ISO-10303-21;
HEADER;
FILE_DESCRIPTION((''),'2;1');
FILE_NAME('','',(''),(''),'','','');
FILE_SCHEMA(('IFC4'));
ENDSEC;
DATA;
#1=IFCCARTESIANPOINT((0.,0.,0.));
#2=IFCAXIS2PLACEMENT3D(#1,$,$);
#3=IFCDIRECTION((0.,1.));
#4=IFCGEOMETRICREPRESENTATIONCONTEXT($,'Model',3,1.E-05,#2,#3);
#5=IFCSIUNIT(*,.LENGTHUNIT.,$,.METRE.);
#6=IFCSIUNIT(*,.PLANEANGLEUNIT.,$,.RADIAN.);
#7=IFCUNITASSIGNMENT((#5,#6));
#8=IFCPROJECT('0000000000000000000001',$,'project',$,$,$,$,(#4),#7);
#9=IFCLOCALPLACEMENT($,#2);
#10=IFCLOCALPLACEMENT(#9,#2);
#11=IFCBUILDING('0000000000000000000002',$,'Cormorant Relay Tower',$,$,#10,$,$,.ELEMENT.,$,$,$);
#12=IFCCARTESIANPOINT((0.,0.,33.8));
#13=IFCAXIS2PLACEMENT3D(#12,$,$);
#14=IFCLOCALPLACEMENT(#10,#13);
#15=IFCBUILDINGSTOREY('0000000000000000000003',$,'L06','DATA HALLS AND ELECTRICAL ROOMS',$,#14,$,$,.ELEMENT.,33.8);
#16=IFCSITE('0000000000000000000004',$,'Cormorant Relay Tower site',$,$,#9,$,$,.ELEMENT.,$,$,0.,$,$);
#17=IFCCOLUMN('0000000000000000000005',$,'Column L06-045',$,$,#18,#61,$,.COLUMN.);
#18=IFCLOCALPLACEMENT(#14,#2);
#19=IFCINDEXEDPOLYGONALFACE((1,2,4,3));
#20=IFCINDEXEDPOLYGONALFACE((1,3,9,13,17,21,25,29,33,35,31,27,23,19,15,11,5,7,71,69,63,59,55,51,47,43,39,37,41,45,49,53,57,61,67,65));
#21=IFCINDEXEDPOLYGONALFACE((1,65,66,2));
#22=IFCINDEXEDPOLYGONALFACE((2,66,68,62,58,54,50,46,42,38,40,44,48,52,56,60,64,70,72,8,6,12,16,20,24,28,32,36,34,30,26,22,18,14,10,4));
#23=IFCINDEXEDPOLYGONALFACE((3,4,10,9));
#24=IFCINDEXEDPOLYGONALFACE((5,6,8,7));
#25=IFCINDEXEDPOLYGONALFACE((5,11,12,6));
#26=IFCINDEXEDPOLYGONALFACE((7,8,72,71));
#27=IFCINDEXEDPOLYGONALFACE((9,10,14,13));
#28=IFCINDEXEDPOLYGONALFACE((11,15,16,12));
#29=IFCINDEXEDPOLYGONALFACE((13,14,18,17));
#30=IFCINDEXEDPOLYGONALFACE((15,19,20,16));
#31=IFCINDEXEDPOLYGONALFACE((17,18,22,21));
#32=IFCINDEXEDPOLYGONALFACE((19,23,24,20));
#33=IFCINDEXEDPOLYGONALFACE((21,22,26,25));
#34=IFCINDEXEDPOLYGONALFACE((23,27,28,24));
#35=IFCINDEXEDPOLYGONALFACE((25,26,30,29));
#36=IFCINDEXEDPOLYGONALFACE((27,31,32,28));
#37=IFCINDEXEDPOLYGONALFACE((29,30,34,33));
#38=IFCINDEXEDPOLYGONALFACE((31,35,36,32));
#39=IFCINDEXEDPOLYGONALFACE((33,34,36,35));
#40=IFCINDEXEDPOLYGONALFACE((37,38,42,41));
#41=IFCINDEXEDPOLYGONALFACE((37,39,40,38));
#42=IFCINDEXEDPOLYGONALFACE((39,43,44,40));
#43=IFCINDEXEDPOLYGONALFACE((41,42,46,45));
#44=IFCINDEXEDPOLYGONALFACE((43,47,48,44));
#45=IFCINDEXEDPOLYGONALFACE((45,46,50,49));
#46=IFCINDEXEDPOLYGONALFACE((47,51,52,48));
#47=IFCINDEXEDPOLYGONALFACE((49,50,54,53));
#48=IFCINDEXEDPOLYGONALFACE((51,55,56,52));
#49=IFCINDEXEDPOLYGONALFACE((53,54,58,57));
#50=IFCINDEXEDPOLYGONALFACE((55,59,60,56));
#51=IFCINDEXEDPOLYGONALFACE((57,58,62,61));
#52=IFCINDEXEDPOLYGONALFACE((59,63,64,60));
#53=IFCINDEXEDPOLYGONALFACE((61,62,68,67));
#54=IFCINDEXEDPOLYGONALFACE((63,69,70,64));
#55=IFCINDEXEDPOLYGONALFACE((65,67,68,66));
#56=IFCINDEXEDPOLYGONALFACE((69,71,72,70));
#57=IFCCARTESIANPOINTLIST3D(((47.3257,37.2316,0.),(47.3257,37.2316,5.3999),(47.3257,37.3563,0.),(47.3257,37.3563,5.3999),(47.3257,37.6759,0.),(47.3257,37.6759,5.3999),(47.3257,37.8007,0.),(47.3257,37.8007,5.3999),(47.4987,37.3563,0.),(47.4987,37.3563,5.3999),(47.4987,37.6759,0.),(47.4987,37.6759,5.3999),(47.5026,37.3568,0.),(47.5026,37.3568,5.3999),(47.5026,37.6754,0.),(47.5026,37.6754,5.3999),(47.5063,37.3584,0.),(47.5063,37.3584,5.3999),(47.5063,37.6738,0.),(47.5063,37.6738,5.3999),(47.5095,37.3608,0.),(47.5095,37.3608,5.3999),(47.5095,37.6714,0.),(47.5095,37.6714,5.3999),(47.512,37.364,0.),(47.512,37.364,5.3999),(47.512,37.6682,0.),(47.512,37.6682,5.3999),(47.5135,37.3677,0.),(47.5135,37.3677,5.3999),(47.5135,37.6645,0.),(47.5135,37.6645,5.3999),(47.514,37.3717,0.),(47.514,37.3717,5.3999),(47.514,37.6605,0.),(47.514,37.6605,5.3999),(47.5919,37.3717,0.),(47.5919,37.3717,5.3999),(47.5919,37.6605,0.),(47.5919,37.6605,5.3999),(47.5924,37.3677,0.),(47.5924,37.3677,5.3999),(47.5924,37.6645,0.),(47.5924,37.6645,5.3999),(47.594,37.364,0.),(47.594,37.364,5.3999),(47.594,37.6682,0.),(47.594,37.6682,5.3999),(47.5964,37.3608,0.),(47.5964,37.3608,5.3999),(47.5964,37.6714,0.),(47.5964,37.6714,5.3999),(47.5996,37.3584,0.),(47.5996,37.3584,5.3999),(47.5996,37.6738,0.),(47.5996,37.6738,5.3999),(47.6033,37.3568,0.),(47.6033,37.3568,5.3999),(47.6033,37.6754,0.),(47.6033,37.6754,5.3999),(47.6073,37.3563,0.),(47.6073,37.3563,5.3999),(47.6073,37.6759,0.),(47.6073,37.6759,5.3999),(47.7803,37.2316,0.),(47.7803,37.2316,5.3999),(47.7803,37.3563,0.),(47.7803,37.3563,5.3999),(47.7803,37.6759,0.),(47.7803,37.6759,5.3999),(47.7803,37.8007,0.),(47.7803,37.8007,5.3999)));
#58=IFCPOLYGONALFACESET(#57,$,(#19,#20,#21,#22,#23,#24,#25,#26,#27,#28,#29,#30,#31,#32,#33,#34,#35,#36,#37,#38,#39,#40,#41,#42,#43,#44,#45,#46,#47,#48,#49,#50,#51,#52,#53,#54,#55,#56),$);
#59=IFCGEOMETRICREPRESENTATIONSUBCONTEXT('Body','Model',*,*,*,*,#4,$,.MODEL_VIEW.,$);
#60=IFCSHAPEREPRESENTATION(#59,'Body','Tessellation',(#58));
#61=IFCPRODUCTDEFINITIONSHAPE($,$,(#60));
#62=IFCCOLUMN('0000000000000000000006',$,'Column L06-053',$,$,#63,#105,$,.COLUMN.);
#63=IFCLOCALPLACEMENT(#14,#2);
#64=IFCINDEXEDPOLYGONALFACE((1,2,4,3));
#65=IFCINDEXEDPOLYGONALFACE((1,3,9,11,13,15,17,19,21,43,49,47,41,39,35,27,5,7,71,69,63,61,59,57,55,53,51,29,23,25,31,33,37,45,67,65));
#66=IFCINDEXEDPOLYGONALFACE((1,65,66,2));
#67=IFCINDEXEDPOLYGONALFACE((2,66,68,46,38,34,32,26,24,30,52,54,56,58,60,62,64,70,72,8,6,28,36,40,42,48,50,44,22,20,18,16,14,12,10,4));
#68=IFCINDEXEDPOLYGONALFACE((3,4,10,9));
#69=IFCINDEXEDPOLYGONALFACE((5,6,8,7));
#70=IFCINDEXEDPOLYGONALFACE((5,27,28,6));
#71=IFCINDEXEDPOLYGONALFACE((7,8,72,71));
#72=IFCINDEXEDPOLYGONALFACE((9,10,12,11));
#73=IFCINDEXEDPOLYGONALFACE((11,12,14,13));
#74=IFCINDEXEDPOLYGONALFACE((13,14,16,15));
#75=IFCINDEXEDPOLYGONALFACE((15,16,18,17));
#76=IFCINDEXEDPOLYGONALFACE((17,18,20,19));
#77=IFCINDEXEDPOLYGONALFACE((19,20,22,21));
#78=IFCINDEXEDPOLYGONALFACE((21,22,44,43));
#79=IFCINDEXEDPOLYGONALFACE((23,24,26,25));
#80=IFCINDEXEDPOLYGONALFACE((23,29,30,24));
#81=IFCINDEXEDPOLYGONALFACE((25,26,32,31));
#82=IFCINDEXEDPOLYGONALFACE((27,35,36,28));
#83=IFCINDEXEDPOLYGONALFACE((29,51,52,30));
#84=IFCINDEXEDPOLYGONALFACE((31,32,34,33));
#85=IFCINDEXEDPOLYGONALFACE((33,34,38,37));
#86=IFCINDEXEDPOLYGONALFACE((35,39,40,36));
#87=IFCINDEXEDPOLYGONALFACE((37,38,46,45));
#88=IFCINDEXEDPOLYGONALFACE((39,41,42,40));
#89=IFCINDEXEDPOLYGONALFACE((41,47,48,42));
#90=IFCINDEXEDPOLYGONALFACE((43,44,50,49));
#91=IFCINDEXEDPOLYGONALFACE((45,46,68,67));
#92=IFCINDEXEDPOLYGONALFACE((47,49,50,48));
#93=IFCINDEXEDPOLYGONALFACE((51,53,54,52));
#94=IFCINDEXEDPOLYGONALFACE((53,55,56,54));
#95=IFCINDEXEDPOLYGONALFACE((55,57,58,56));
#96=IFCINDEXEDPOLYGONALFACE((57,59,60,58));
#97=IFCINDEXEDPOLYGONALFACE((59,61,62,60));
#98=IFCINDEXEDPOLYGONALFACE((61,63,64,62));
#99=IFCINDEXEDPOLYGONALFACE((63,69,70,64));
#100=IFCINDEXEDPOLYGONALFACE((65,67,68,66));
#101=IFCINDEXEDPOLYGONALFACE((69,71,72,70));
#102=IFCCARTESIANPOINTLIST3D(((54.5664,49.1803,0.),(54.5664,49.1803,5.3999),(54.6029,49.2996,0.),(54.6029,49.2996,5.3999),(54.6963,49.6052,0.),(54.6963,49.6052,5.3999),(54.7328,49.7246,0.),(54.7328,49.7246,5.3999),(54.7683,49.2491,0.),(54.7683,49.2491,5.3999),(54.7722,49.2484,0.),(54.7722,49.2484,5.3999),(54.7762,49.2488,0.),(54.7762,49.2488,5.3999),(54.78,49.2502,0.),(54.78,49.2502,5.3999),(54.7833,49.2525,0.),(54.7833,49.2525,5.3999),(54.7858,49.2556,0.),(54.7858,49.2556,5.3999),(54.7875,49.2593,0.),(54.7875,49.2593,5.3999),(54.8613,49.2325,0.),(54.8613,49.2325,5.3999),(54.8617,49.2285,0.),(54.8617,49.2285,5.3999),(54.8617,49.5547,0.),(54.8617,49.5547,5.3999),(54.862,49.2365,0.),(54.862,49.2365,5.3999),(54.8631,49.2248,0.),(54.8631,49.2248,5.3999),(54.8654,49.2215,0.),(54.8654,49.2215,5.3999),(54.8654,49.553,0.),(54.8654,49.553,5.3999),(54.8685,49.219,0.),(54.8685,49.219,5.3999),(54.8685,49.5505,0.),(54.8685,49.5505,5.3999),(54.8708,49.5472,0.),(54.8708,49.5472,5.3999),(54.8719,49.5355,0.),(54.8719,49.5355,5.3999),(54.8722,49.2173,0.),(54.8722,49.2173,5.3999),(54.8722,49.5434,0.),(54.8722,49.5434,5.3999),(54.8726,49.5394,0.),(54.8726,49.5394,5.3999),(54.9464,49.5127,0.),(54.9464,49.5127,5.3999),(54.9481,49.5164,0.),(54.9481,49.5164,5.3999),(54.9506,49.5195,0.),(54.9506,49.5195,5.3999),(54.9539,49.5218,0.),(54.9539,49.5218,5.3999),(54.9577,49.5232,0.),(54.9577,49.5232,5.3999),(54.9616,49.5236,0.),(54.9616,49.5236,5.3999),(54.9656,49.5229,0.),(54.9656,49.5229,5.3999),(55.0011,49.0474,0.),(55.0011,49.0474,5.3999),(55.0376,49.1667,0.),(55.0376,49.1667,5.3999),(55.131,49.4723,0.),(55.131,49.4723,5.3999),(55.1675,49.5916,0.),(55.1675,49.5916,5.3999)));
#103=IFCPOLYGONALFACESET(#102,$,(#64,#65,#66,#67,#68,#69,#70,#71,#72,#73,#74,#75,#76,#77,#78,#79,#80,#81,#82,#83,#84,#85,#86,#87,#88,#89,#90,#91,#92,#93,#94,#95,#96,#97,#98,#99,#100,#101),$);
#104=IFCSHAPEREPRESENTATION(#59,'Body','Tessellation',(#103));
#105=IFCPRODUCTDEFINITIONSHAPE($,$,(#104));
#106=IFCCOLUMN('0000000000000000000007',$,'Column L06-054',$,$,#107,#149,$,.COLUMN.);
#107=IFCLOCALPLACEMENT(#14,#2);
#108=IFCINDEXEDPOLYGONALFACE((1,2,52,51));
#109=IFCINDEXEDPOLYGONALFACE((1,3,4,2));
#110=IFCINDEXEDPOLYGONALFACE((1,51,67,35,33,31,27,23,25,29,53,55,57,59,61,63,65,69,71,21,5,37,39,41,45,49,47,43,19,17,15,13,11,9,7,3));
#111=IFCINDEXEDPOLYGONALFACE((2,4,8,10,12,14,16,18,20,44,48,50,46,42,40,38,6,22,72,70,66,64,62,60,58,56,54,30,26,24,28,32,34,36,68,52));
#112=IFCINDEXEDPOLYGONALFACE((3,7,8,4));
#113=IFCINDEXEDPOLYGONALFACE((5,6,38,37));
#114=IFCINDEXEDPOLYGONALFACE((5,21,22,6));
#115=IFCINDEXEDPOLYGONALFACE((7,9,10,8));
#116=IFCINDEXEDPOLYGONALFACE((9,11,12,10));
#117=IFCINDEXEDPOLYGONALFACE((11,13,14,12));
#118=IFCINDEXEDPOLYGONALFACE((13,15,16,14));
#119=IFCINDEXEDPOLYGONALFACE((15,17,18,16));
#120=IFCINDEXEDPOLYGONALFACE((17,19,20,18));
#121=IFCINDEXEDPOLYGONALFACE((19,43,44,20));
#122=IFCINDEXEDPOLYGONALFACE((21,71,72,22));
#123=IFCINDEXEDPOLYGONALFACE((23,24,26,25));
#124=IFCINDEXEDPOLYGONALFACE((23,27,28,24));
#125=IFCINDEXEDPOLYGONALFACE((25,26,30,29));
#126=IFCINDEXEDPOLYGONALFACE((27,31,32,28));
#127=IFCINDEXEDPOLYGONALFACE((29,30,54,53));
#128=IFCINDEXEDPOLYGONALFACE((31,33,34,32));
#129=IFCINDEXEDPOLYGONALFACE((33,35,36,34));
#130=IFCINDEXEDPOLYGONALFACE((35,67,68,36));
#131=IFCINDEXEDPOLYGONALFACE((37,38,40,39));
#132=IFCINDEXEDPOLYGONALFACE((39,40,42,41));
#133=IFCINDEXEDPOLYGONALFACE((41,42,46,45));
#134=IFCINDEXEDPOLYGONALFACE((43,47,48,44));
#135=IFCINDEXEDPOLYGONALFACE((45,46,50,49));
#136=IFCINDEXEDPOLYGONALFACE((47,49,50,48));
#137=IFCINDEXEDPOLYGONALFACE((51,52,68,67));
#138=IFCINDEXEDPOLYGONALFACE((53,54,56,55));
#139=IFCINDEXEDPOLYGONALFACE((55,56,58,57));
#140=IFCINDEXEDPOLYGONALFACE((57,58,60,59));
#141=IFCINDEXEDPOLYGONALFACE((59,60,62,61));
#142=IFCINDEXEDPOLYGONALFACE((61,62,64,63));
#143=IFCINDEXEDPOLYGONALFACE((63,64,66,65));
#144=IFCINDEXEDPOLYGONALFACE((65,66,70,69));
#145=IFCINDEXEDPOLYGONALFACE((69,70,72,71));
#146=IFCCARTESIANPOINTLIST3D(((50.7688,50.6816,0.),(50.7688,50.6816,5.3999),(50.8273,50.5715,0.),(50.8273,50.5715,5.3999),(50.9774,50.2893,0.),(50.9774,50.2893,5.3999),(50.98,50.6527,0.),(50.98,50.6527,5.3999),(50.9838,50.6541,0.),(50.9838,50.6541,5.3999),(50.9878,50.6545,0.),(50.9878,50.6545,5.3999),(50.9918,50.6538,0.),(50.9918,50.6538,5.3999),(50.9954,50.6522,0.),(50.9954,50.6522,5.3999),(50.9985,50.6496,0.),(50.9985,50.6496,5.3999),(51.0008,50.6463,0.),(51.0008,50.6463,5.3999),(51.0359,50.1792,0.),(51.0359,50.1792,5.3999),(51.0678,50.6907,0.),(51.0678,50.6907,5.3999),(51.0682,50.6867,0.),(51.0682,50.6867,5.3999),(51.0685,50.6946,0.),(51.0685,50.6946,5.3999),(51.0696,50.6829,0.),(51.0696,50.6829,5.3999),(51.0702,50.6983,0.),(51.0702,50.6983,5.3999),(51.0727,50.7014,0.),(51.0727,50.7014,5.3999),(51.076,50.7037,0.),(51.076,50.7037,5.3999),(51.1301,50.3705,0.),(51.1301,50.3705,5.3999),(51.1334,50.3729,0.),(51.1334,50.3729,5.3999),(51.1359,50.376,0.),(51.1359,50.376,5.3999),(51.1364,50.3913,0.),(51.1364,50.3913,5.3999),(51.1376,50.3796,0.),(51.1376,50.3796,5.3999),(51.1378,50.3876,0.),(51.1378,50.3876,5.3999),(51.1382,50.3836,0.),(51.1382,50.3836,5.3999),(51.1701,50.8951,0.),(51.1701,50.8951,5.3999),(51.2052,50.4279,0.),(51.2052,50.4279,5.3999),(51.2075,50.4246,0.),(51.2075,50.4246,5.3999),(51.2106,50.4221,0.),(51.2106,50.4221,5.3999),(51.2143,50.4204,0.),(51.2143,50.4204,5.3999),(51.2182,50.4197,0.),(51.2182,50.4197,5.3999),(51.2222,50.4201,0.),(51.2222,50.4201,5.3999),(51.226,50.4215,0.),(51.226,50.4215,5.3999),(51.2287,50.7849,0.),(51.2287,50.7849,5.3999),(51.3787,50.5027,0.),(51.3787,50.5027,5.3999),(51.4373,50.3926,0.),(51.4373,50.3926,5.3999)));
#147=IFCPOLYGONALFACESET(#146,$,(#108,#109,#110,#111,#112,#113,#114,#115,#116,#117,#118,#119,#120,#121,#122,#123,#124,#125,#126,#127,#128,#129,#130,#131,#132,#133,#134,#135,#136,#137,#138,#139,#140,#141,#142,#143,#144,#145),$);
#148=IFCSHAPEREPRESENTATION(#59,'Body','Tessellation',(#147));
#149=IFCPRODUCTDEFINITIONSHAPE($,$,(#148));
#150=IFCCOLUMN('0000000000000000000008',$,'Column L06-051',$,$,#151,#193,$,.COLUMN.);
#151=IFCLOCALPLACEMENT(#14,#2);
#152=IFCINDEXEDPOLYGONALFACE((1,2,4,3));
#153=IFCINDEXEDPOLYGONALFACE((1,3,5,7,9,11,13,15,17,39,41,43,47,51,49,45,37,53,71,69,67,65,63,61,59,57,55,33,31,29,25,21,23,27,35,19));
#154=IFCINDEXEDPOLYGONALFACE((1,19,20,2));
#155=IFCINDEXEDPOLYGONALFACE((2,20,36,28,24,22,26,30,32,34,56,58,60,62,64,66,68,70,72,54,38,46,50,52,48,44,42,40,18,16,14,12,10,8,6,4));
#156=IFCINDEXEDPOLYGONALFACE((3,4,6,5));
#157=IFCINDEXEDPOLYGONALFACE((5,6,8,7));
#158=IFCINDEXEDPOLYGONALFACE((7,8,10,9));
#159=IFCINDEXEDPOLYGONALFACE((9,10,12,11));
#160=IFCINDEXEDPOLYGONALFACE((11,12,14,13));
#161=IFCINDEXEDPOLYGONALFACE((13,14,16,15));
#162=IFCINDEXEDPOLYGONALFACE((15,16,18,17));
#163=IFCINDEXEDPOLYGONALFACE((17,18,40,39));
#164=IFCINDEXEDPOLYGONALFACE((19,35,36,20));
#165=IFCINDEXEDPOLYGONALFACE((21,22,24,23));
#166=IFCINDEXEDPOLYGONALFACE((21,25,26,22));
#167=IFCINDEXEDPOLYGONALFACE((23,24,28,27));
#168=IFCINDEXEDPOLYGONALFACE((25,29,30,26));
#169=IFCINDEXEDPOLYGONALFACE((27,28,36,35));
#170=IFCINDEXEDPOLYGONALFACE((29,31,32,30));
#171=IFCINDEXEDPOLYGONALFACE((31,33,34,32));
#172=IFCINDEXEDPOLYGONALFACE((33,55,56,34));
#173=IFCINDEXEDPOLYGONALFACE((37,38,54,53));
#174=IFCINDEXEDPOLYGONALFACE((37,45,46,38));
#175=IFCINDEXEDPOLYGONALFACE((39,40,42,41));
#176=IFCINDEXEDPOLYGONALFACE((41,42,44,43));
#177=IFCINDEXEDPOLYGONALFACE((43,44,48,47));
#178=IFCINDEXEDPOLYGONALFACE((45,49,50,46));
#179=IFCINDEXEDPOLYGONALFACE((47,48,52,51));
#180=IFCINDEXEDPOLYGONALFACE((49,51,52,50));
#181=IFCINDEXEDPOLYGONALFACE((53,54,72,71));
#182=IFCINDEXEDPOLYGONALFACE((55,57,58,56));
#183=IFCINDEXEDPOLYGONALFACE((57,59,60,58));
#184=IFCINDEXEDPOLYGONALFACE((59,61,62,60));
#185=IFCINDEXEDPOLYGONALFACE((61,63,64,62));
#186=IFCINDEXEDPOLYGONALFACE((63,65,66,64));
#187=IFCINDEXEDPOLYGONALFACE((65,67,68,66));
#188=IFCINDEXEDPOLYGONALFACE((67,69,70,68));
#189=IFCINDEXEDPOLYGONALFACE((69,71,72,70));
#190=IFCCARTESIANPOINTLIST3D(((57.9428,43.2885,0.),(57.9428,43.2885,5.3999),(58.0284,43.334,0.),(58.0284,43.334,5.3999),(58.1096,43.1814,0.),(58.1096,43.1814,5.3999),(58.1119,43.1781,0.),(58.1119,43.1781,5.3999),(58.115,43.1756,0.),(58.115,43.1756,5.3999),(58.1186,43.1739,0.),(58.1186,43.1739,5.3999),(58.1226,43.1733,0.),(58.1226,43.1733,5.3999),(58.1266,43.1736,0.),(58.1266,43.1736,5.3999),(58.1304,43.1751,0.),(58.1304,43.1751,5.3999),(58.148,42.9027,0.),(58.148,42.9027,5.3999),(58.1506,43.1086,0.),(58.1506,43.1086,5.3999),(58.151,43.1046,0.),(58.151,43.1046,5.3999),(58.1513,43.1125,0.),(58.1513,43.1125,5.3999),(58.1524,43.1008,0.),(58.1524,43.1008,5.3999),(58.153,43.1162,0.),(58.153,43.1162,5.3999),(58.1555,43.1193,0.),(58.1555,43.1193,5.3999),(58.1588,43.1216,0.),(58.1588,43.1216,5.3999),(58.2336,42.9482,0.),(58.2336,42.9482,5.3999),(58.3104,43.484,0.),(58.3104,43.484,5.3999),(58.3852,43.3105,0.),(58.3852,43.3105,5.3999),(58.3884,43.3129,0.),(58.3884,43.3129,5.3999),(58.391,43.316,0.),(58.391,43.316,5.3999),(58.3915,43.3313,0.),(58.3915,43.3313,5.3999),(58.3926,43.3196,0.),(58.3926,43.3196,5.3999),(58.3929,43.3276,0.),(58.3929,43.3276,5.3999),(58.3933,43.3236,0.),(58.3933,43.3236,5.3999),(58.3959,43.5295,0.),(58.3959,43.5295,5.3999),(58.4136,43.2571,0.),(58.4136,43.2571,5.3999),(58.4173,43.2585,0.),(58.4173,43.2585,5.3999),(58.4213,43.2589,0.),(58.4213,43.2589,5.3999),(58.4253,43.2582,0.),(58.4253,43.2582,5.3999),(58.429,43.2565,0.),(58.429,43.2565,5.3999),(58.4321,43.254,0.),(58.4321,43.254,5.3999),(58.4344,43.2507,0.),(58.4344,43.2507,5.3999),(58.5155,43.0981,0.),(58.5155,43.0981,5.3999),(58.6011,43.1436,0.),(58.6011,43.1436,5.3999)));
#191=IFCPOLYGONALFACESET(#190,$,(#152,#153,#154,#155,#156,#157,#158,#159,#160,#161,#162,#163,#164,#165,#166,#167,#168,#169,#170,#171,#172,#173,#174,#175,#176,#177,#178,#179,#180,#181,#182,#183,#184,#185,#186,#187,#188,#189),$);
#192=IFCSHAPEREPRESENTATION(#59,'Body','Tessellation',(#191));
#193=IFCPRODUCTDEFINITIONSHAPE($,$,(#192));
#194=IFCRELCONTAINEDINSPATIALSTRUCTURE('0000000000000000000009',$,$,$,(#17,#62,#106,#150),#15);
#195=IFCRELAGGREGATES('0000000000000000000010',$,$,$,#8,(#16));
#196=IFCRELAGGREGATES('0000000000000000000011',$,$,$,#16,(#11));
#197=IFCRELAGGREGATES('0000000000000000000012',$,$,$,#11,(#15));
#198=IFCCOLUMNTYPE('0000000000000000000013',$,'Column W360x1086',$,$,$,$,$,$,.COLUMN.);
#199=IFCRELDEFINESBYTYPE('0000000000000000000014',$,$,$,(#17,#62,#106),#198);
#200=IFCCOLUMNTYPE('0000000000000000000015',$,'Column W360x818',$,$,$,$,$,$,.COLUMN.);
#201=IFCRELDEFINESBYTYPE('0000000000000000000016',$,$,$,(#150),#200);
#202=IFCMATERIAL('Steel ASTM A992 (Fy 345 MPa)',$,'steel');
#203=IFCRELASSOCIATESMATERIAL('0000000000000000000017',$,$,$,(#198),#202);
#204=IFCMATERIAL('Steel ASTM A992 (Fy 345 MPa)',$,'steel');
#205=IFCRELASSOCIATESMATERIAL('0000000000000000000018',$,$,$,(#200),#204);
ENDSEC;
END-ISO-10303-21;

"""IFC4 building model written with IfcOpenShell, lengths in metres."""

from ifc_helpers import new_model, si_unit, direction, frame, origin, origin_2d, place, context, subcontext, project, spatial, i_section, extrude, material, material_profile, profile_set, type_object, element, save


model = new_model("IFC4")

# Units and contexts
model_context = context("Model", 3, precision=1e-05, world=origin(), true_north=direction((0.0, 1.0)))
body_context = subcontext(model_context, "Body", "Model", "MODEL_VIEW")
ifc_project = project(units=[si_unit("LENGTHUNIT", "METRE"), si_unit("PLANEANGLEUNIT", "RADIAN")], contexts=[model_context])

# Site, building, storey
site_placement = place(None, origin())
site = spatial("IfcSite", under=ifc_project, at=site_placement, Name="Cormorant Relay Tower site", CompositionType="ELEMENT", RefElevation=0.0)
building_placement = place(site_placement, origin())
building = spatial("IfcBuilding", under=site, at=building_placement, Name="Cormorant Relay Tower", CompositionType="ELEMENT")
storey_placement = place(building_placement, frame((0.0, 0.0, 33.8)))
storey = spatial("IfcBuildingStorey", under=building, at=storey_placement, Name="L06", Description="DATA HALLS AND ELECTRICAL ROOMS", CompositionType="ELEMENT", Elevation=33.8)

# Columns
ifc_material_1 = material(Name="Steel ASTM A992 (Fy 345 MPa)", Category="steel")
ifc_material_profile_1 = material_profile(ifc_material_1, i_section(OverallWidth=0.4546, OverallDepth=0.5691, WebThickness=0.0779, FlangeThickness=0.1248, FilletRadius=0.0154, at=origin_2d()), Name="W360x1086")
ifc_profile_set_1 = profile_set([ifc_material_profile_1], Name="Steel ASTM A992 (Fy 345 MPa)")
column_type_1 = type_object("IfcColumnType", Name="Column W360x1086", PredefinedType="COLUMN", material=ifc_profile_set_1)
for number, where, z_axis, x_axis, name in (
    (1, (47.553, 37.5161, 0.0), (0.0, 0.0, 1.0), (1.0, 0.0, 0.0), "Column L06-045"),
    (2, (54.8669, 49.386, 0.0), (0.0, 0.0, 1.0), (-0.956305, 0.292372, 0.0), "Column L06-053"),
    (3, (51.103, 50.5371, 0.0), (0.0, 0.0, 1.0), (-0.882948, -0.469472, 0.0), "Column L06-054"),
):
    element("IfcColumn", number, at=place(storey_placement, frame(where, z_axis=z_axis, x_axis=x_axis)), inside=storey, type_object=column_type_1, Name=name, PredefinedType="COLUMN", context=body_context, shape_type="SweptSolid", body=[
        extrude(i_section(OverallWidth=0.4546, OverallDepth=0.5691, WebThickness=0.0779, FlangeThickness=0.1248, FilletRadius=0.0154, at=origin_2d()), origin(), (0.0, 0.0, 1.0), 5.3999),
    ])
ifc_material_2 = material(Name="Steel ASTM A992 (Fy 345 MPa)", Category="steel")
ifc_material_profile_2 = material_profile(ifc_material_2, i_section(OverallWidth=0.437, OverallDepth=0.5132, WebThickness=0.0605, FlangeThickness=0.0969, FilletRadius=0.0154, at=origin_2d()), Name="W360x818")
ifc_profile_set_2 = profile_set([ifc_material_profile_2], Name="Steel ASTM A992 (Fy 345 MPa)")
column_type_2 = type_object("IfcColumnType", Name="Column W360x818", PredefinedType="COLUMN", material=ifc_profile_set_2)
column_placement = place(storey_placement, frame((58.272, 43.2161, 0.0), z_axis=(0.0, 0.0, 1.0), x_axis=(-0.469472, 0.882948, 0.0)))
element("IfcColumn", 4, at=column_placement, inside=storey, type_object=column_type_2, Name="Column L06-051", PredefinedType="COLUMN", context=body_context, shape_type="SweptSolid", body=[
    extrude(i_section(OverallWidth=0.437, OverallDepth=0.5132, WebThickness=0.0605, FlangeThickness=0.0969, FilletRadius=0.0154, at=origin_2d()), origin(), (0.0, 0.0, 1.0), 5.3999),
])

save(model, "model.ifc")
